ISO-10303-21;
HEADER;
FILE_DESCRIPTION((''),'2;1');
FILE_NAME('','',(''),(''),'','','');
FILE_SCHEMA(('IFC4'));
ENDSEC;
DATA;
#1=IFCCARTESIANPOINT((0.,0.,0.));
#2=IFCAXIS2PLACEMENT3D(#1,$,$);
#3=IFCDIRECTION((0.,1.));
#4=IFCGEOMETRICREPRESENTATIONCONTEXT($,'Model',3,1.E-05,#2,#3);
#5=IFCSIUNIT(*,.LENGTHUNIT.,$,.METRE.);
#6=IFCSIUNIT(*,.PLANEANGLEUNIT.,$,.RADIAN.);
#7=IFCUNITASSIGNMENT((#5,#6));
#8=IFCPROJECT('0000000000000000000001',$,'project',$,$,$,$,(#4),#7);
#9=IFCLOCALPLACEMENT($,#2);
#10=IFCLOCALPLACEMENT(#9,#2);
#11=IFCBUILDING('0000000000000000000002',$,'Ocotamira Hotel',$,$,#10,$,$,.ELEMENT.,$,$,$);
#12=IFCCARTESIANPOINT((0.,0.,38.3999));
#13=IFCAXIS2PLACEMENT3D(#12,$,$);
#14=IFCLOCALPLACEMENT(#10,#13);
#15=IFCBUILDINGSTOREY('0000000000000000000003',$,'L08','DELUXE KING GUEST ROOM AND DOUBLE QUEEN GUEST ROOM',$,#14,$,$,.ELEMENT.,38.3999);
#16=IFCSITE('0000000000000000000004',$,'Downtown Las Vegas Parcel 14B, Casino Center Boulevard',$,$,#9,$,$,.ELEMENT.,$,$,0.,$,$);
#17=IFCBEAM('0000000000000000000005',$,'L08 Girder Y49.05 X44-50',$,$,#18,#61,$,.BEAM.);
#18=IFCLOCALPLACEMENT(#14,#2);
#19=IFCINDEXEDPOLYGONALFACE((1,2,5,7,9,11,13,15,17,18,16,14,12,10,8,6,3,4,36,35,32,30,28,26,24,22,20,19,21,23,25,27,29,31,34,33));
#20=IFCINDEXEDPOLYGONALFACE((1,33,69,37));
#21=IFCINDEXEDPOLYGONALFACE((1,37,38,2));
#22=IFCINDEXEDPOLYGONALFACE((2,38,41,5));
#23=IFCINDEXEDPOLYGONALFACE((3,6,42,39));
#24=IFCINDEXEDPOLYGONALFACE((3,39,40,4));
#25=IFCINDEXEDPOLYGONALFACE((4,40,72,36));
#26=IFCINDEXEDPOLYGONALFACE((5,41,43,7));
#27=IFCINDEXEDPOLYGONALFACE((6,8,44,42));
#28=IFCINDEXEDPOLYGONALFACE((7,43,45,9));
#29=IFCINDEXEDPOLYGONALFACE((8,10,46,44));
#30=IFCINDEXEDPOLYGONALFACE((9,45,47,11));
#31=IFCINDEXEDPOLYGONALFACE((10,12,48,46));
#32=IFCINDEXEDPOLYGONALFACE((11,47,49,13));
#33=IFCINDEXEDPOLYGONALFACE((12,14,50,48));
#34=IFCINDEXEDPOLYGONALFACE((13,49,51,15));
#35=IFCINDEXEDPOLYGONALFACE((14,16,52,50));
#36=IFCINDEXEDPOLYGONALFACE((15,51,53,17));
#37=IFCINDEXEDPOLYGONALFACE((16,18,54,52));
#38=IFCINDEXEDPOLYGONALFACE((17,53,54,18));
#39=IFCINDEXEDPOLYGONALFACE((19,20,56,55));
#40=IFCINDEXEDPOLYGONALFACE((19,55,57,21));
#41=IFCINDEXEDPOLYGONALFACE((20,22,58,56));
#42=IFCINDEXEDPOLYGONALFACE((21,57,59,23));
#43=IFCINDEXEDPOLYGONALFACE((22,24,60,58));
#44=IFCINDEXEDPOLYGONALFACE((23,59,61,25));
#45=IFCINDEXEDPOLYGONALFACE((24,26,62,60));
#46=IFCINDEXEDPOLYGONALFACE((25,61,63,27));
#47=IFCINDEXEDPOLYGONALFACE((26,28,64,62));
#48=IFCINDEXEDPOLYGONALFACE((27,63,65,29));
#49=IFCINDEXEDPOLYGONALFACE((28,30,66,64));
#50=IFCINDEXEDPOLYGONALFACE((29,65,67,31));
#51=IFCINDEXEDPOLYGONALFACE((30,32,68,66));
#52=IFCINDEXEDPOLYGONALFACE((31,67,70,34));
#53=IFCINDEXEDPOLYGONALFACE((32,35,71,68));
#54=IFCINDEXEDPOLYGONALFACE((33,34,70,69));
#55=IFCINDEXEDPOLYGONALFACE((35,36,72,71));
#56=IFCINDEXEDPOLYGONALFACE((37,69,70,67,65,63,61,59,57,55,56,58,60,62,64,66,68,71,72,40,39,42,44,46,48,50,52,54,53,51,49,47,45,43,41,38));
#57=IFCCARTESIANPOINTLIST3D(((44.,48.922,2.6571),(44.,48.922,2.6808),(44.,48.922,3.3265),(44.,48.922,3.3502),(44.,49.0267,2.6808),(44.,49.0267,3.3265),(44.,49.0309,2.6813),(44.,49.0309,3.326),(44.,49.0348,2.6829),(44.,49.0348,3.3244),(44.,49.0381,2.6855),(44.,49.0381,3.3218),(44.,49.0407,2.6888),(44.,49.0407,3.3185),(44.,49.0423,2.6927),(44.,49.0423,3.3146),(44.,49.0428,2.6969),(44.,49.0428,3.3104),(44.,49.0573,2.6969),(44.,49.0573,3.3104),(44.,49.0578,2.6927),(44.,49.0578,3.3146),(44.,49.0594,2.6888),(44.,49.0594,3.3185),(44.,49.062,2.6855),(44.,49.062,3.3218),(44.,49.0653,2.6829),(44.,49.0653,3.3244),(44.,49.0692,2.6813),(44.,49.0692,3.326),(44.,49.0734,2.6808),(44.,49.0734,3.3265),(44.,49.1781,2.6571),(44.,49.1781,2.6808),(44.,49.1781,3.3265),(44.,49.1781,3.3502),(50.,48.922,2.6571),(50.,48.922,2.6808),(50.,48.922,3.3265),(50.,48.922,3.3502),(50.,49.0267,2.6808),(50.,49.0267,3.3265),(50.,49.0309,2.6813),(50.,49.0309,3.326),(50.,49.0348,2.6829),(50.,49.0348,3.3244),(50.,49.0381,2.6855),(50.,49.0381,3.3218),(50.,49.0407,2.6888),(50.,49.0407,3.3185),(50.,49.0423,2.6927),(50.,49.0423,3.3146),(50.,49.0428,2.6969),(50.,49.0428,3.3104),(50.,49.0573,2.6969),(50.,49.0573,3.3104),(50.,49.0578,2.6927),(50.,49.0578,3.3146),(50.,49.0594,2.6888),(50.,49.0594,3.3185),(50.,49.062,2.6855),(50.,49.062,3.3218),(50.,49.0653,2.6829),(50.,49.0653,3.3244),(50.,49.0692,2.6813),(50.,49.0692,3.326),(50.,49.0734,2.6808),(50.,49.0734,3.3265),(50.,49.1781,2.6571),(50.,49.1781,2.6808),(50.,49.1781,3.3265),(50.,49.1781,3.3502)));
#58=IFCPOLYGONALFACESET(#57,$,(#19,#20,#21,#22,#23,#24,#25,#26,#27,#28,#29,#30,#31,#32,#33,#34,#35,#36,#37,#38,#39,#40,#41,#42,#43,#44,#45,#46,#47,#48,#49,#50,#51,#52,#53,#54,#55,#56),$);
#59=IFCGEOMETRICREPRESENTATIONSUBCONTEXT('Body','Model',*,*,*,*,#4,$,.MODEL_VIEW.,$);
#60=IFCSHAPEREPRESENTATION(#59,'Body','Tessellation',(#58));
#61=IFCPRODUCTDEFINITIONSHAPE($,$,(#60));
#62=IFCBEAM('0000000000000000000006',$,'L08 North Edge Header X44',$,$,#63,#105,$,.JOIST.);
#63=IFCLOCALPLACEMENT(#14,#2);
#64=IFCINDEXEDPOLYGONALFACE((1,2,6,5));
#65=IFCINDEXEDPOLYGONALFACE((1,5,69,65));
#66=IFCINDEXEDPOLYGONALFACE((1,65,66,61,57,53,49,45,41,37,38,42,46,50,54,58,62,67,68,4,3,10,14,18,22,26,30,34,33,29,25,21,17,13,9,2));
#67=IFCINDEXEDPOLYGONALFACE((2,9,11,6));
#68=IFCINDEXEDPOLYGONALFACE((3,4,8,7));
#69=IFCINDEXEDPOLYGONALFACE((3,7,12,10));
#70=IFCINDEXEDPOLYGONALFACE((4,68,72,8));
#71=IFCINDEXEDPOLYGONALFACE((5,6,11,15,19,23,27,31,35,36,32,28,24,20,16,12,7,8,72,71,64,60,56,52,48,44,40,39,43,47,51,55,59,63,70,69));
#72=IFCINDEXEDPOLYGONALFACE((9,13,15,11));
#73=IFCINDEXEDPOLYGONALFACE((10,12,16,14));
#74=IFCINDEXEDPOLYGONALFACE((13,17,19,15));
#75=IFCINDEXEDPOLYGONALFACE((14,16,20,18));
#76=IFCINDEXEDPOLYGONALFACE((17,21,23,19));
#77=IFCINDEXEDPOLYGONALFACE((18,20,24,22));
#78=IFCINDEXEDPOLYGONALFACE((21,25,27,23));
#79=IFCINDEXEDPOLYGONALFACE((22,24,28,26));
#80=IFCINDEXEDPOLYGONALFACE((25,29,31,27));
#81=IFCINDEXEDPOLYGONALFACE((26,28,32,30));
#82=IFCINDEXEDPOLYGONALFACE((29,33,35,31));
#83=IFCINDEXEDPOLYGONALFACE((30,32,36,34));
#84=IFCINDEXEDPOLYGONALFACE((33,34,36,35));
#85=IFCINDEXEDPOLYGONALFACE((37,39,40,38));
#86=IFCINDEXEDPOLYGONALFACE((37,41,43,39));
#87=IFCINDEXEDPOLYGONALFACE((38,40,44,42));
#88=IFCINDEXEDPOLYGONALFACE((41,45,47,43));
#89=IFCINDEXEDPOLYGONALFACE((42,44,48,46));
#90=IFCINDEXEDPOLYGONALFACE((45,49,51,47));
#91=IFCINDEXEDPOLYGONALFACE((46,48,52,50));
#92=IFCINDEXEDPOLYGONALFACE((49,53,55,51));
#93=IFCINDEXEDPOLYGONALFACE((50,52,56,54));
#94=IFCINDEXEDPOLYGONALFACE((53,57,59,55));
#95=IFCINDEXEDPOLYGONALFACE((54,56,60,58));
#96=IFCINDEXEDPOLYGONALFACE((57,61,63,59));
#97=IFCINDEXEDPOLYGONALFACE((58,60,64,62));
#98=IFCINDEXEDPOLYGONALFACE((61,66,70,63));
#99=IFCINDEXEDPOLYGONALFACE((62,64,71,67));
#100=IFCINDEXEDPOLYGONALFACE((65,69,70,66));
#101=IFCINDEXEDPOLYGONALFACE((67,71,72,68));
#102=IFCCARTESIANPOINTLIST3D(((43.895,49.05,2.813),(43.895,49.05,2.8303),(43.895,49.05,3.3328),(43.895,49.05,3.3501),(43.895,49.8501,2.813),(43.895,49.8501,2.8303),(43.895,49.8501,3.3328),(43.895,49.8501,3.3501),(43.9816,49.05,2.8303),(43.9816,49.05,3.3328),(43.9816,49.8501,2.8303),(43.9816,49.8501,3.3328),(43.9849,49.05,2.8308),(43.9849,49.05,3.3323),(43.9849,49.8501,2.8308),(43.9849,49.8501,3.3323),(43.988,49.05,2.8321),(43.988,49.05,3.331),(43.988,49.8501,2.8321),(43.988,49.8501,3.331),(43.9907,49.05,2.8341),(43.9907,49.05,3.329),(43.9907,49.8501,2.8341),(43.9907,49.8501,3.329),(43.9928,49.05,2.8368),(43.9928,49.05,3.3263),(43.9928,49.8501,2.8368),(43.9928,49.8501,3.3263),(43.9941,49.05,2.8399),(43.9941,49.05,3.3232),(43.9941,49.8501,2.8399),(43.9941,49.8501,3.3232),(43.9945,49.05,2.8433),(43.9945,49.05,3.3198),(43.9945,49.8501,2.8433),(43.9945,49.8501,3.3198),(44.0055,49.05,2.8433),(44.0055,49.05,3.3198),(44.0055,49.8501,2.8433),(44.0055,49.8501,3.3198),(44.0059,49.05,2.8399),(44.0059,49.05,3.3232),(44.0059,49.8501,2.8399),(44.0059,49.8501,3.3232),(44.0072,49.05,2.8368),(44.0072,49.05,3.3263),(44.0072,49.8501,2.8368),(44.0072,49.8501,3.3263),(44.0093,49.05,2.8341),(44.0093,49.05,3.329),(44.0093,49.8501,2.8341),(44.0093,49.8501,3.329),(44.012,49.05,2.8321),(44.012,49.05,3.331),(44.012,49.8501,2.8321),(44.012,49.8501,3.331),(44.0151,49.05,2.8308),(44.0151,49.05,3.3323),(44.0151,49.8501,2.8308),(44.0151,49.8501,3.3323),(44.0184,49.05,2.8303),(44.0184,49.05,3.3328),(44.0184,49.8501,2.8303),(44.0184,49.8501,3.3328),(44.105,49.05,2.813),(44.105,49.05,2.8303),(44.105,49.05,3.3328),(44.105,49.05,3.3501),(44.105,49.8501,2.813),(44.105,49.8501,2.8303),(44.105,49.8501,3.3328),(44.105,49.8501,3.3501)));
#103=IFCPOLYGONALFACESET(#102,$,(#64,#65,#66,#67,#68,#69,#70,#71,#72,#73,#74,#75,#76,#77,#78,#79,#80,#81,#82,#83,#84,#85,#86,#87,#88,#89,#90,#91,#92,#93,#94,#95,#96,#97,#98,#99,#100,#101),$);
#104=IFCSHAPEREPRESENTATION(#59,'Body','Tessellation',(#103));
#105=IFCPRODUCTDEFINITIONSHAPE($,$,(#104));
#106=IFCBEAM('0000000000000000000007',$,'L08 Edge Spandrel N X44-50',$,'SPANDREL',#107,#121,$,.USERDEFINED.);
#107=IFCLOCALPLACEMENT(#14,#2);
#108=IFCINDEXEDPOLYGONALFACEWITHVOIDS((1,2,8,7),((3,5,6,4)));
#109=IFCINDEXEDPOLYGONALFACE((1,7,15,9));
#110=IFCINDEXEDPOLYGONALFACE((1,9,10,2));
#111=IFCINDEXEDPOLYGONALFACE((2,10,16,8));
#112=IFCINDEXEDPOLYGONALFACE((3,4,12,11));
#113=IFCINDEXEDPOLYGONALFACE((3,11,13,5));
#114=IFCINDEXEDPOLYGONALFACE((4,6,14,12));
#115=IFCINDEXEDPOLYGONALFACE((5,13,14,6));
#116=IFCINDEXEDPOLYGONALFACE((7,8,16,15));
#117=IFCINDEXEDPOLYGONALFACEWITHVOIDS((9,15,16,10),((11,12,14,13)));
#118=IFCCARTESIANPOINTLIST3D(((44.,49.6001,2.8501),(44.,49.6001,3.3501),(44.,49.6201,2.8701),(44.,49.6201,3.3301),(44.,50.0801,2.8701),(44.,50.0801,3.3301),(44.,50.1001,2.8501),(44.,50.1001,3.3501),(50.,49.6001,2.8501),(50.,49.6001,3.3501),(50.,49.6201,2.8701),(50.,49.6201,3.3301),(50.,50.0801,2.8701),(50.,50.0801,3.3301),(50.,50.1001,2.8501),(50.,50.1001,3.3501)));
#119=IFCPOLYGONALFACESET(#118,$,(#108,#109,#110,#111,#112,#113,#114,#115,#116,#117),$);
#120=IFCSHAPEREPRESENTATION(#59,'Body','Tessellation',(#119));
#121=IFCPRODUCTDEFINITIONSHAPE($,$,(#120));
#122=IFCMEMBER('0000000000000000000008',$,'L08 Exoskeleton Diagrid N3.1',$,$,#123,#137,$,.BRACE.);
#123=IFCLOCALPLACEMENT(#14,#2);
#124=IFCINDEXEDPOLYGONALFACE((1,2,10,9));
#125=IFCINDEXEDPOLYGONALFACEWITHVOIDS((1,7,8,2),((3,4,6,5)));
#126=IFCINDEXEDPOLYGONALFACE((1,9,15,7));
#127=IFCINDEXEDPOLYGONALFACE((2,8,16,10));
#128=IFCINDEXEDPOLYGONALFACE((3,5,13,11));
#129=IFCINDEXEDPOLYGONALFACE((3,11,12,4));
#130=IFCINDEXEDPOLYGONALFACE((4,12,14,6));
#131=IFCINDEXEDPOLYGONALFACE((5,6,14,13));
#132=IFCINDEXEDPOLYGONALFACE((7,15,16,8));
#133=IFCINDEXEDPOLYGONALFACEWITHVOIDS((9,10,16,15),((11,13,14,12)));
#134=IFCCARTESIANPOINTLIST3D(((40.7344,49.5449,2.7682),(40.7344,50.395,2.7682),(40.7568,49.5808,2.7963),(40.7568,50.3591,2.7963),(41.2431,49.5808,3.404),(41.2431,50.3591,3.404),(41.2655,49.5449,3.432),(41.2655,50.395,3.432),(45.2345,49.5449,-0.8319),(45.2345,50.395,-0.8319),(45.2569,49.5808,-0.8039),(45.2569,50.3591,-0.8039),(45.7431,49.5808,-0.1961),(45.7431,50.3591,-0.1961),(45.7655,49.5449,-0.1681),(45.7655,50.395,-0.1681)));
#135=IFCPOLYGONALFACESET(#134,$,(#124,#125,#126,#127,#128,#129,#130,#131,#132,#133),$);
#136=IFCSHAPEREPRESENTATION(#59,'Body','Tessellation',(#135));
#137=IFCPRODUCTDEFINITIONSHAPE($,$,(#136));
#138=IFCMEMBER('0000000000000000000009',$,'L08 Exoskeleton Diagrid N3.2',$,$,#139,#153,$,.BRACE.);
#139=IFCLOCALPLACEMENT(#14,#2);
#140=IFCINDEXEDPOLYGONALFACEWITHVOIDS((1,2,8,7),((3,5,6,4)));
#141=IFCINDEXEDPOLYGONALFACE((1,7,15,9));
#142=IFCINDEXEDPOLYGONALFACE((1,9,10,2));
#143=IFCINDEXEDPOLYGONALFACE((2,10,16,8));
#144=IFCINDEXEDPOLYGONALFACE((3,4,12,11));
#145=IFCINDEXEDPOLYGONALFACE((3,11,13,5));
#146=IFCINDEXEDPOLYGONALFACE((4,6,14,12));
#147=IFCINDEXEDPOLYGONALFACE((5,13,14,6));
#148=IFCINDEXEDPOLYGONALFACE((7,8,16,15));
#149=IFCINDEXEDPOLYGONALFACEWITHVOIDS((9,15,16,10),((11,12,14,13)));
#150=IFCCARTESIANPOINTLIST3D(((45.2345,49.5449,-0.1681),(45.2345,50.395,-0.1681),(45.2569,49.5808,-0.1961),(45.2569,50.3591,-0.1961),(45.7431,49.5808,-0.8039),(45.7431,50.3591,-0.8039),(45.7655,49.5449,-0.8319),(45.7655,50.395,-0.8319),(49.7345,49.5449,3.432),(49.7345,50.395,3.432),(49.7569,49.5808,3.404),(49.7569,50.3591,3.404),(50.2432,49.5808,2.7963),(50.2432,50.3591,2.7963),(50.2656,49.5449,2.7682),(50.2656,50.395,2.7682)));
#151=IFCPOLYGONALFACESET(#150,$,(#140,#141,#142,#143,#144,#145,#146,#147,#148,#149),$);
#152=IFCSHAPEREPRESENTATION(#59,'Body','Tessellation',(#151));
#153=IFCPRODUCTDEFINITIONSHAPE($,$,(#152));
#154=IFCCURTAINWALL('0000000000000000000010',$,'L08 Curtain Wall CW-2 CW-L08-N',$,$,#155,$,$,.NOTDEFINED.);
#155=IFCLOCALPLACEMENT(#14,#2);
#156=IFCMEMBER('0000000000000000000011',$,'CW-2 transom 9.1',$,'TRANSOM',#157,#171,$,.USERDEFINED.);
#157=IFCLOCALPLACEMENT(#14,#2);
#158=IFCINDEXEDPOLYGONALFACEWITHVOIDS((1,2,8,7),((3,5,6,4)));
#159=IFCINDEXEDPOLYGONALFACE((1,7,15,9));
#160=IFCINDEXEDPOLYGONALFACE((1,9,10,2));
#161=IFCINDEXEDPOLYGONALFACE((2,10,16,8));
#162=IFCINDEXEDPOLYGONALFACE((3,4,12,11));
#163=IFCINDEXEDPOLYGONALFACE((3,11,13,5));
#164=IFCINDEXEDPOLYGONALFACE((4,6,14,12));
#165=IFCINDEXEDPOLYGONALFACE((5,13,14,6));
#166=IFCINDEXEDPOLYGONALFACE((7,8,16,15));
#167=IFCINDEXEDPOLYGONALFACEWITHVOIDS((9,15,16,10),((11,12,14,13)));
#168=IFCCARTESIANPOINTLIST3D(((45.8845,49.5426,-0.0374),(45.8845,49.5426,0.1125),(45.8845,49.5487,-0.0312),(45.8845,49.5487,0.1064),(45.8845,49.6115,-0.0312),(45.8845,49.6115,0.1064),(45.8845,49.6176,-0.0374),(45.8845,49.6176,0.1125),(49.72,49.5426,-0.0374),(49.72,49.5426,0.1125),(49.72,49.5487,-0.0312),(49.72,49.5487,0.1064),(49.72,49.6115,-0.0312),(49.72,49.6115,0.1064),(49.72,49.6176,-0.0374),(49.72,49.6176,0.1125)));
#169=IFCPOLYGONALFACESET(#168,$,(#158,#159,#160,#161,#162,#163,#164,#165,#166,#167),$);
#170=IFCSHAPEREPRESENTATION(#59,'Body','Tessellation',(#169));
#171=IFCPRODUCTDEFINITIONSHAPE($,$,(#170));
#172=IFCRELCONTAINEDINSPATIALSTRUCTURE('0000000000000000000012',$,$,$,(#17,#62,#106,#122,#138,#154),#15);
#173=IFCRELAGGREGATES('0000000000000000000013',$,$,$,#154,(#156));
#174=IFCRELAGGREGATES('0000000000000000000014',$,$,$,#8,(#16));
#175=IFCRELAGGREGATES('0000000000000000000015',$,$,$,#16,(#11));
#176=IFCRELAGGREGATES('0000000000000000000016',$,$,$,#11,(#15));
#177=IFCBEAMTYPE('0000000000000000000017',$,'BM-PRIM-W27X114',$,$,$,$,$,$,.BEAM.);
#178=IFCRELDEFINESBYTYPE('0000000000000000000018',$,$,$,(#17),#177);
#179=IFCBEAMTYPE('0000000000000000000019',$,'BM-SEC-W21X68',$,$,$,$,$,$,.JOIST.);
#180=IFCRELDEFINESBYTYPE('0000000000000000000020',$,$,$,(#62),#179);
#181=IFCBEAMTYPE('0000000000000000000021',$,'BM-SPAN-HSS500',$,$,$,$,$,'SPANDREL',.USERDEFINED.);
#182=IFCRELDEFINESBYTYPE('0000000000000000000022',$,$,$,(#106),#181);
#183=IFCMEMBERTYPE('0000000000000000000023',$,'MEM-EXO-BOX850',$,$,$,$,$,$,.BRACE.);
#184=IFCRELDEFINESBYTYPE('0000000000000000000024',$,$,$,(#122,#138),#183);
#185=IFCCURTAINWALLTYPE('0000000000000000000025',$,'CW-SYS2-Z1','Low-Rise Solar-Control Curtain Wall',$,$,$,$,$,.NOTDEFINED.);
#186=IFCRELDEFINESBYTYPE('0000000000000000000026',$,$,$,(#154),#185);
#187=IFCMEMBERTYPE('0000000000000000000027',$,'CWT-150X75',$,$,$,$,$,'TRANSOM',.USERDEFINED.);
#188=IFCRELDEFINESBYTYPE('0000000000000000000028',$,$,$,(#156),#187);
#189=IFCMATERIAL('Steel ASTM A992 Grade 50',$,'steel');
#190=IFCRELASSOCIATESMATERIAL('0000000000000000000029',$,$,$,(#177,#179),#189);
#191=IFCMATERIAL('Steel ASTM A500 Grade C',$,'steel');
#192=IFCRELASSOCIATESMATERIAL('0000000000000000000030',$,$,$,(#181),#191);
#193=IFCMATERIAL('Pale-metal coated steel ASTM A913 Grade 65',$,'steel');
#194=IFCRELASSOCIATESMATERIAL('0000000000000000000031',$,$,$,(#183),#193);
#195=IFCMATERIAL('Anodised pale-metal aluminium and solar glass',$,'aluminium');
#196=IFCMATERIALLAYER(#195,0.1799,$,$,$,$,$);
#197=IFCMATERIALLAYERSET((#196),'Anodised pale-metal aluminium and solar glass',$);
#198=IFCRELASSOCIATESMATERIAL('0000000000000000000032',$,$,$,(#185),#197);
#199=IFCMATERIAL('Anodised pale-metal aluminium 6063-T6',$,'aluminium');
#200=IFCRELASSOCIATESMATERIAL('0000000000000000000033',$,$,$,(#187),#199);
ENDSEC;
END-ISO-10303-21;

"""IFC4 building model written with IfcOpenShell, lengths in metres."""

from ifc_helpers import new_model, si_unit, direction, frame, origin, origin_2d, place, context, subcontext, project, spatial, hollow_rectangle, i_section, extrude, source, transform, mapped, material, layer, layer_set, material_profile, profile_set, type_object, element, aggregate, save


model = new_model("IFC4")

# Units and contexts
model_context = context("Model", 3, precision=1e-05, world=origin(), true_north=direction((0.0, 1.0)))
body_context = subcontext(model_context, "Body", "Model", "MODEL_VIEW")
ifc_project = project(units=[si_unit("LENGTHUNIT", "METRE"), si_unit("PLANEANGLEUNIT", "RADIAN")], contexts=[model_context])

# Site, building, storey
site_placement = place(None, origin())
site = spatial("IfcSite", under=ifc_project, at=site_placement, Name="Downtown Las Vegas Parcel 14B, Casino Center Boulevard", CompositionType="ELEMENT", RefElevation=0.0)
building_placement = place(site_placement, origin())
building = spatial("IfcBuilding", under=site, at=building_placement, Name="Ocotamira Hotel", CompositionType="ELEMENT")
storey_placement = place(building_placement, frame((0.0, 0.0, 38.3999)))
storey = spatial("IfcBuildingStorey", under=building, at=storey_placement, Name="L08", Description="DELUXE KING GUEST ROOM AND DOUBLE QUEEN GUEST ROOM", CompositionType="ELEMENT", Elevation=38.3999)

# Beams
ifc_material_1 = material(Name="Steel ASTM A992 Grade 50", Category="steel")
ifc_material_profile_1 = material_profile(ifc_material_1, i_section(OverallWidth=0.2561, OverallDepth=0.6931, WebThickness=0.0144, FlangeThickness=0.0237, FilletRadius=0.0161, at=origin_2d()), Name="W27X114")
ifc_profile_set_1 = profile_set([ifc_material_profile_1], Name="Steel ASTM A992 Grade 50")
beam_type_1 = type_object("IfcBeamType", Name="BM-PRIM-W27X114", PredefinedType="BEAM", material=ifc_profile_set_1)
shared_shape_1 = source(origin(), body_context, "Body", "SweptSolid", [
    extrude(i_section(OverallWidth=0.2561, OverallDepth=0.6931, WebThickness=0.0144, FlangeThickness=0.0237, FilletRadius=0.0161, at=origin_2d()), origin(), (0.0, 0.0, 1.0), 6.0),
])
beam_1_placement = place(storey_placement, frame((44.0, 49.05, 3.0037), z_axis=(1.0, 0.0, 0.0), x_axis=(0.0, 1.0, 0.0)))
element("IfcBeam", 1, at=beam_1_placement, inside=storey, type_object=beam_type_1, Name="L08 Girder Y49.05 X44-50", PredefinedType="BEAM", context=body_context, shape_type="MappedRepresentation", body=[
    mapped(shared_shape_1, transform((0.0, 0.0, 0.0), scale=1.0)),
])
ifc_material_profile_2 = material_profile(ifc_material_1, i_section(OverallWidth=0.21, OverallDepth=0.5371, WebThickness=0.011, FlangeThickness=0.0173, FilletRadius=0.0129, at=origin_2d()), Name="W21X68")
ifc_profile_set_2 = profile_set([ifc_material_profile_2], Name="Steel ASTM A992 Grade 50")
beam_type_2 = type_object("IfcBeamType", Name="BM-SEC-W21X68", PredefinedType="JOIST", material=ifc_profile_set_2)
shared_shape_2 = source(origin(), body_context, "Body", "SweptSolid", [
    extrude(i_section(OverallWidth=0.21, OverallDepth=0.5371, WebThickness=0.011, FlangeThickness=0.0173, FilletRadius=0.0129, at=origin_2d()), origin(), (0.0, 0.0, 1.0), 0.8),
])
beam_2_placement = place(storey_placement, frame((44.0, 49.05, 3.0815), z_axis=(0.0, 1.0, 0.0), x_axis=(-1.0, 0.0, 0.0)))
element("IfcBeam", 2, at=beam_2_placement, inside=storey, type_object=beam_type_2, Name="L08 North Edge Header X44", PredefinedType="JOIST", context=body_context, shape_type="MappedRepresentation", body=[
    mapped(shared_shape_2, transform((0.0, 0.0, 0.0), scale=1.0)),
])
ifc_material_2 = material(Name="Steel ASTM A500 Grade C", Category="steel")
ifc_material_profile_3 = material_profile(ifc_material_2, hollow_rectangle(XDim=0.5, YDim=0.5, WallThickness=0.02, at=origin_2d()), Name="HSS500X500X20")
ifc_profile_set_3 = profile_set([ifc_material_profile_3], Name="Steel ASTM A500 Grade C")
beam_type_3 = type_object("IfcBeamType", Name="BM-SPAN-HSS500", ElementType="SPANDREL", PredefinedType="USERDEFINED", material=ifc_profile_set_3)
shared_shape_3 = source(origin(), body_context, "Body", "SweptSolid", [
    extrude(hollow_rectangle(XDim=0.5, YDim=0.5, WallThickness=0.02, at=origin_2d()), origin(), (0.0, 0.0, 1.0), 6.0),
])
beam_3_placement = place(storey_placement, frame((44.0, 49.8501, 3.1001), z_axis=(1.0, 0.0, 0.0), x_axis=(0.0, 1.0, 0.0)))
element("IfcBeam", 3, at=beam_3_placement, inside=storey, type_object=beam_type_3, Name="L08 Edge Spandrel N X44-50", ObjectType="SPANDREL", PredefinedType="USERDEFINED", context=body_context, shape_type="MappedRepresentation", body=[
    mapped(shared_shape_3, transform((0.0, 0.0, 0.0), scale=1.0)),
])

# Members
ifc_material_3 = material(Name="Pale-metal coated steel ASTM A913 Grade 65", Category="steel")
ifc_material_profile_4 = material_profile(ifc_material_3, hollow_rectangle(XDim=0.8501, YDim=0.8501, WallThickness=0.0359, at=origin_2d()), Name="BOX850X850X36")
ifc_profile_set_4 = profile_set([ifc_material_profile_4], Name="Pale-metal coated steel ASTM A913 Grade 65")
member_type_1 = type_object("IfcMemberType", Name="MEM-EXO-BOX850", PredefinedType="BRACE", material=ifc_profile_set_4)
shared_shape_4 = source(origin(), body_context, "Body", "SweptSolid", [
    extrude(hollow_rectangle(XDim=0.8501, YDim=0.8501, WallThickness=0.0359, at=origin_2d()), origin(), (0.0, 0.0, 1.0), 5.7629),
])
for number, where, z_axis, x_axis, name in (
    (4, (45.5, 49.97, -0.5), (-0.780861, 0.0, 0.624705), (0.0, -1.0, 0.0), "L08 Exoskeleton Diagrid N3.1"),
    (5, (45.5, 49.97, -0.5), (0.780861, 0.0, 0.624705), (0.0, 1.0, 0.0), "L08 Exoskeleton Diagrid N3.2"),
):
    element("IfcMember", number, at=place(storey_placement, frame(where, z_axis=z_axis, x_axis=x_axis)), inside=storey, type_object=member_type_1, Name=name, PredefinedType="BRACE", context=body_context, shape_type="MappedRepresentation", body=[
        mapped(shared_shape_4, transform((0.0, 0.0, 0.0), scale=1.0)),
    ])

# Curtain wall, member
ifc_material_4 = material(Name="Anodised pale-metal aluminium and solar glass", Category="aluminium")
ifc_layer_1 = layer(ifc_material_4, 0.1799)
ifc_layer_set_1 = layer_set([ifc_layer_1], Name="Anodised pale-metal aluminium and solar glass")
curtain_wall_type = type_object("IfcCurtainWallType", Name="CW-SYS2-Z1", Description="Low-Rise Solar-Control Curtain Wall", PredefinedType="NOTDEFINED", material=ifc_layer_set_1)
curtain_wall_placement = place(storey_placement, origin())
curtain_wall = element("IfcCurtainWall", 6, at=curtain_wall_placement, inside=storey, type_object=curtain_wall_type, Name="L08 Curtain Wall CW-2 CW-L08-N", PredefinedType="NOTDEFINED")
ifc_material_5 = material(Name="Anodised pale-metal aluminium 6063-T6", Category="aluminium")
ifc_material_profile_5 = material_profile(ifc_material_5, hollow_rectangle(XDim=0.075, YDim=0.1499, WallThickness=0.0061, at=origin_2d()), Name="HSS150X75X6")
ifc_profile_set_5 = profile_set([ifc_material_profile_5], Name="Anodised pale-metal aluminium 6063-T6")
member_type_2 = type_object("IfcMemberType", Name="CWT-150X75", ElementType="TRANSOM", PredefinedType="USERDEFINED", material=ifc_profile_set_5)
shared_shape_5 = source(origin(), body_context, "Body", "SweptSolid", [
    extrude(hollow_rectangle(XDim=0.075, YDim=0.1499, WallThickness=0.0061, at=origin_2d()), origin(), (0.0, 0.0, 1.0), 3.8354),
])
member_1_placement = place(storey_placement, frame((45.8845, 49.5801, 0.0376), z_axis=(1.0, 0.0, 0.0), x_axis=(0.0, 1.0, 0.0)))
member_1 = element("IfcMember", 7, at=member_1_placement, type_object=member_type_2, Name="CW-2 transom 9.1", ObjectType="TRANSOM", PredefinedType="USERDEFINED", context=body_context, shape_type="MappedRepresentation", body=[
    mapped(shared_shape_5, transform((0.0, 0.0, 0.0), scale=1.0)),
])
aggregate(curtain_wall, [member_1])

save(model, "model.ifc")
